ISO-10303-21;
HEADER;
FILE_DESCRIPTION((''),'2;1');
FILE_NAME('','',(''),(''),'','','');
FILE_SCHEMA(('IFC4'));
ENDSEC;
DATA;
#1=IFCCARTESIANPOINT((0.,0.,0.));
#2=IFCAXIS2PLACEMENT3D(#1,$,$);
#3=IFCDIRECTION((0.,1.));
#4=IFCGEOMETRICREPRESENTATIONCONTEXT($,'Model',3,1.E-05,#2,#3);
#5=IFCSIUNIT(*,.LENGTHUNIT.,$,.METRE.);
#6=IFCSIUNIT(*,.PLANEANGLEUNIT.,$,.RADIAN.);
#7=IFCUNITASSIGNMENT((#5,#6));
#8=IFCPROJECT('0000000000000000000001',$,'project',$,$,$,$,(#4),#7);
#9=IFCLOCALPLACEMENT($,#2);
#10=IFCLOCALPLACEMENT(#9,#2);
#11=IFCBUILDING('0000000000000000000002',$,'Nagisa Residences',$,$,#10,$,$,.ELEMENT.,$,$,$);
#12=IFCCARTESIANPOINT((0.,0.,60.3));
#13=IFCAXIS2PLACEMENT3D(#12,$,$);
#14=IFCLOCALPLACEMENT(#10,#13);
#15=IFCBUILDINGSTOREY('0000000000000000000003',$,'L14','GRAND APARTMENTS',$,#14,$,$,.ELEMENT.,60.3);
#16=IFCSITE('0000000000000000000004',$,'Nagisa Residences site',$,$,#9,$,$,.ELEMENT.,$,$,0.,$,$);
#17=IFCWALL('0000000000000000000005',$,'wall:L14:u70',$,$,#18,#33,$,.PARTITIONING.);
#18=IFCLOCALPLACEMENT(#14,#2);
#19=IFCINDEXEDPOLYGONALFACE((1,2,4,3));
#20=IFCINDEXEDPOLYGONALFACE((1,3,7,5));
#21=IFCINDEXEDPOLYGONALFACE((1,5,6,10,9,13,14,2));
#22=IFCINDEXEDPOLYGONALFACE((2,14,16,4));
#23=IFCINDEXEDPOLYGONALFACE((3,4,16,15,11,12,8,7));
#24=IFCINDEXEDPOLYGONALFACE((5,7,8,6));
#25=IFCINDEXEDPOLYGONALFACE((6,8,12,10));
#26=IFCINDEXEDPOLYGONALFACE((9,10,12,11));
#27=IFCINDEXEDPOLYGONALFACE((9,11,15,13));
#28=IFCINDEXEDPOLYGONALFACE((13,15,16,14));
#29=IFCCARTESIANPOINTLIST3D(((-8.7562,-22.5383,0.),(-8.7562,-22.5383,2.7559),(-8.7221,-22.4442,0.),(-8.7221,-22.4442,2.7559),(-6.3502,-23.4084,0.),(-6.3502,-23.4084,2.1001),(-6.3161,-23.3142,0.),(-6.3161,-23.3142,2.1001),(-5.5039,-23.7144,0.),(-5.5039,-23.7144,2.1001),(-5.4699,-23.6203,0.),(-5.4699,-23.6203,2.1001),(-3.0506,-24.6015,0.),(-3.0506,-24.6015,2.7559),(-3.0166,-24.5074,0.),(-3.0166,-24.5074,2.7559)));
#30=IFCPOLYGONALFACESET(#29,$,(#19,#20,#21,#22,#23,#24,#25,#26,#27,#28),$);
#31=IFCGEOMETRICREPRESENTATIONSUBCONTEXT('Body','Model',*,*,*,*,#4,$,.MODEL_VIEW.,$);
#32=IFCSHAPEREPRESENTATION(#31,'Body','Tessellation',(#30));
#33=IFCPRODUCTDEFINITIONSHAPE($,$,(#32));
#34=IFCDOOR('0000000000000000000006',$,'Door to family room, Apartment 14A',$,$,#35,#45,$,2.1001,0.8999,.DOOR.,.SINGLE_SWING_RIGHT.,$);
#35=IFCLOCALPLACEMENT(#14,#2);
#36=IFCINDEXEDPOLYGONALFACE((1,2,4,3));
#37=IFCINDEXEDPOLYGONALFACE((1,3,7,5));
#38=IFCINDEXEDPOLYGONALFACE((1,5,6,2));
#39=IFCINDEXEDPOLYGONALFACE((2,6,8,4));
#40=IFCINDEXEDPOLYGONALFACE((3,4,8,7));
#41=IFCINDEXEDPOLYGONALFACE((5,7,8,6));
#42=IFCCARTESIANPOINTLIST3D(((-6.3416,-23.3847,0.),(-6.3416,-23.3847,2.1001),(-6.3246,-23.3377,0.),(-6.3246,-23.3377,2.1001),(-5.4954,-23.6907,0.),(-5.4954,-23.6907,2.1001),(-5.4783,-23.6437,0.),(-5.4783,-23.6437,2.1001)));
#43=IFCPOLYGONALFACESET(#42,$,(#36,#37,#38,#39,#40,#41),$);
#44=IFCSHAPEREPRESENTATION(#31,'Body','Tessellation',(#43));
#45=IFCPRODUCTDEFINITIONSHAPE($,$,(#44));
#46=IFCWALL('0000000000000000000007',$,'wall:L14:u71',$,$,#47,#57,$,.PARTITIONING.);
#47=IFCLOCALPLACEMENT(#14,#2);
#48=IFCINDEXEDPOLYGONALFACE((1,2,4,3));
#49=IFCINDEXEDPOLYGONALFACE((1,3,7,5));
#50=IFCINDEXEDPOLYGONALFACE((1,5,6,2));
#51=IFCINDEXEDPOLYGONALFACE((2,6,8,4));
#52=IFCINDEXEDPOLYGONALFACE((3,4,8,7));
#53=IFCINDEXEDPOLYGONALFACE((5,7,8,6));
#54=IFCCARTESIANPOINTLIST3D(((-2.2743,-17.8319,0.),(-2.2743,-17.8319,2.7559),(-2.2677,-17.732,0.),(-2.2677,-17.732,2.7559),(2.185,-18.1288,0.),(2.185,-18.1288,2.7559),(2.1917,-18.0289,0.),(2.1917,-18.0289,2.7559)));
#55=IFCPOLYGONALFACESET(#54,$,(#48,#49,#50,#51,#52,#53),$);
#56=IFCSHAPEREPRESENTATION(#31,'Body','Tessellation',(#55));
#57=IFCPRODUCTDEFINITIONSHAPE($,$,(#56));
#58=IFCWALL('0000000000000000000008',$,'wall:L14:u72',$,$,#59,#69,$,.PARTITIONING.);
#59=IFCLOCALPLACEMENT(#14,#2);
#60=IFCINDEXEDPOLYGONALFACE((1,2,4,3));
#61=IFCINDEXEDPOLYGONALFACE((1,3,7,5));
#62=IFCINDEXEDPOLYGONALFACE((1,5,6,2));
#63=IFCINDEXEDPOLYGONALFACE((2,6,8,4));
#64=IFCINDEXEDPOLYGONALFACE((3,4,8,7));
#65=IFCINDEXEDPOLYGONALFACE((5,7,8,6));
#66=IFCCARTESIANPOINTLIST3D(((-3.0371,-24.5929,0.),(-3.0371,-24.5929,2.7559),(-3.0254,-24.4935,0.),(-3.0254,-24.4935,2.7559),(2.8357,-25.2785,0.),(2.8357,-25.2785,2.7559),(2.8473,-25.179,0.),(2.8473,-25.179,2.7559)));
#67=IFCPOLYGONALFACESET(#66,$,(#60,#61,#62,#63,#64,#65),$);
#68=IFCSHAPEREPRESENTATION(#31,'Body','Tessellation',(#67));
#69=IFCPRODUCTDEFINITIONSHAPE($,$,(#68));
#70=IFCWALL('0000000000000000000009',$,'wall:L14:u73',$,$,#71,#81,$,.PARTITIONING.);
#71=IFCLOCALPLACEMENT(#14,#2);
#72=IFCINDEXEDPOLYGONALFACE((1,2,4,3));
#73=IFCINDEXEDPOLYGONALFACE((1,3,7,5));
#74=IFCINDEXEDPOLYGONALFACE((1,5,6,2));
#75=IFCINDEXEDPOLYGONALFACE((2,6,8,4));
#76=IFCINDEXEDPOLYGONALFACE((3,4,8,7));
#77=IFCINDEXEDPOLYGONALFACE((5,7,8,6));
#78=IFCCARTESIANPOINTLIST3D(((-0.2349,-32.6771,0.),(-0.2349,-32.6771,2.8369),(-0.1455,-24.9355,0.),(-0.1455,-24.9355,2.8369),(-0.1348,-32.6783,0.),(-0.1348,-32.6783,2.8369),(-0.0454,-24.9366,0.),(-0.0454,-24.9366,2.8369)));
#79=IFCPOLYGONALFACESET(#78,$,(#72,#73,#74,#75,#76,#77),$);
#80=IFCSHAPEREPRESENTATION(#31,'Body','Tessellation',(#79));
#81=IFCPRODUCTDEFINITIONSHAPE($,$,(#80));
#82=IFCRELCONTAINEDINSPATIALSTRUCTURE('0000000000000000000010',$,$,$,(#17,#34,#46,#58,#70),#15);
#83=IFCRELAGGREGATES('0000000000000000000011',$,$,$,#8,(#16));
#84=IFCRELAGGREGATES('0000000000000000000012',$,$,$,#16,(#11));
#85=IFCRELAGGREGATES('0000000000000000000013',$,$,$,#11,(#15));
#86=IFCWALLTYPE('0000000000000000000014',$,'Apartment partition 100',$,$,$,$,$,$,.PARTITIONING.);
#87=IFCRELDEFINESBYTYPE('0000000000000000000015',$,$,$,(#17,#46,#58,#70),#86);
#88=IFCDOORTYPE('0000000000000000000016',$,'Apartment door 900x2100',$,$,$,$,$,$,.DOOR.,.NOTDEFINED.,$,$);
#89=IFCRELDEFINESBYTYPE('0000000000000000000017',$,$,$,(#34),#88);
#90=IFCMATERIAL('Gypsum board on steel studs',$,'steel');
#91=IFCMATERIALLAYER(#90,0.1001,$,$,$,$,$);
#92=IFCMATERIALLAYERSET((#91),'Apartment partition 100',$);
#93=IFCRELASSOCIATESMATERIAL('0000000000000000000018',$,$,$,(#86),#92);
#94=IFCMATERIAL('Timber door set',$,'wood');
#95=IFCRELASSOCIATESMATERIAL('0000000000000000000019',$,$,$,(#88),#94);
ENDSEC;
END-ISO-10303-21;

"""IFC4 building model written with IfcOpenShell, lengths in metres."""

from ifc_helpers import new_model, si_unit, direction, frame, frame_2d, origin, place, context, subcontext, project, spatial, rectangle, extrude, material, layer, layer_set, type_object, element, fill, save


model = new_model("IFC4")

# Units and contexts
model_context = context("Model", 3, precision=1e-05, world=origin(), true_north=direction((0.0, 1.0)))
body_context = subcontext(model_context, "Body", "Model", "MODEL_VIEW")
ifc_project = project(units=[si_unit("LENGTHUNIT", "METRE"), si_unit("PLANEANGLEUNIT", "RADIAN")], contexts=[model_context])

# Site, building, storey
site_placement = place(None, origin())
site = spatial("IfcSite", under=ifc_project, at=site_placement, Name="Nagisa Residences site", CompositionType="ELEMENT", RefElevation=0.0)
building_placement = place(site_placement, origin())
building = spatial("IfcBuilding", under=site, at=building_placement, Name="Nagisa Residences", CompositionType="ELEMENT")
storey_placement = place(building_placement, frame((0.0, 0.0, 60.3)))
storey = spatial("IfcBuildingStorey", under=building, at=storey_placement, Name="L14", Description="GRAND APARTMENTS", CompositionType="ELEMENT", Elevation=60.3)

# Shared definitions
ifc_material_1 = material(Name="Gypsum board on steel studs", Category="steel")
ifc_layer_1 = layer(ifc_material_1, 0.1001)
ifc_layer_set_1 = layer_set([ifc_layer_1], Name="Apartment partition 100")
wall_type_1 = type_object("IfcWallType", Name="Apartment partition 100", PredefinedType="PARTITIONING", material=ifc_layer_set_1)
ifc_material_2 = material(Name="Timber door set", Category="wood")
door_type_1 = type_object("IfcDoorType", Name="Apartment door 900x2100", OperationType="NOTDEFINED", PredefinedType="DOOR", material=ifc_material_2)

# Wall, opening, door
wall_1_placement = place(storey_placement, frame((-8.7393, -22.4912, 0.0), z_axis=(0.0, 0.0, 1.0), x_axis=(0.940402, -0.340066, 0.0)))
wall_1 = element("IfcWall", 1, at=wall_1_placement, inside=storey, type_object=wall_type_1, Name="wall:L14:u70", PredefinedType="PARTITIONING", context=body_context, shape_type="SweptSolid", body=[
    extrude(rectangle(XDim=6.0671, YDim=0.1001, at=frame_2d((3.0337, 0.0))), origin(), (0.0, 0.0, 1.0), 2.7559),
])
opening_1_placement = place(wall_1_placement, frame((2.5586, 0.0, 0.0)))
opening_1 = element("IfcOpeningElement", 2, at=opening_1_placement, cuts=wall_1, PredefinedType="OPENING", context=body_context, shape_type="SweptSolid", body=[
    extrude(rectangle(XDim=0.8999, YDim=2.1001, at=frame_2d((0.45, 1.05))), frame((0.0, 0.0601, 0.0), z_axis=(0.0, -1.0, 0.0), x_axis=(1.0, 0.0, 0.0)), (0.0, 0.0, 1.0), 0.1201),
])
door_1_placement = place(opening_1_placement, frame((0.8999, 0.0, 0.0), x_axis=(-1.0, 0.0, 0.0)))
door_1 = element("IfcDoor", 3, at=door_1_placement, inside=storey, type_object=door_type_1, Name="Door to family room, Apartment 14A", OperationType="SINGLE_SWING_RIGHT", OverallHeight=2.1001, OverallWidth=0.8999, PredefinedType="DOOR", context=body_context, shape_type="SweptSolid", body=[
    extrude(rectangle(XDim=0.8999, YDim=2.1001, at=frame_2d((0.45, 1.05))), frame((0.0, 0.0249, 0.0), z_axis=(0.0, -1.0, 0.0), x_axis=(1.0, 0.0, 0.0)), (0.0, 0.0, 1.0), 0.05),
])
fill(opening_1, door_1)

# Walls
wall_2_placement = place(storey_placement, frame((-2.271, -17.782, 0.0), z_axis=(0.0, 0.0, 1.0), x_axis=(0.997791, -0.066425, 0.0)))
element("IfcWall", 4, at=wall_2_placement, inside=storey, type_object=wall_type_1, Name="wall:L14:u71", PredefinedType="PARTITIONING", context=body_context, shape_type="SweptSolid", body=[
    extrude(rectangle(XDim=4.4692, YDim=0.1001, at=frame_2d((2.2346, 0.0))), origin(), (0.0, 0.0, 1.0), 2.7559),
])
wall_3_placement = place(storey_placement, frame((-3.0312, -24.5432, 0.0), z_axis=(0.0, 0.0, 1.0), x_axis=(0.993256, -0.115945, 0.0)))
element("IfcWall", 5, at=wall_3_placement, inside=storey, type_object=wall_type_1, Name="wall:L14:u72", PredefinedType="PARTITIONING", context=body_context, shape_type="SweptSolid", body=[
    extrude(rectangle(XDim=5.9126, YDim=0.1001, at=frame_2d((2.9563, 0.0))), origin(), (0.0, 0.0, 1.0), 2.7559),
])
wall_4_placement = place(storey_placement, frame((-0.0955, -24.936, 0.0), z_axis=(0.0, 0.0, 1.0), x_axis=(-0.011541, -0.999933, 0.0)))
element("IfcWall", 6, at=wall_4_placement, inside=storey, type_object=wall_type_1, Name="wall:L14:u73", PredefinedType="PARTITIONING", context=body_context, shape_type="SweptSolid", body=[
    extrude(rectangle(XDim=7.7422, YDim=0.1001, at=frame_2d((3.8711, 0.0))), origin(), (0.0, 0.0, 1.0), 2.8369),
])

save(model, "model.ifc")
